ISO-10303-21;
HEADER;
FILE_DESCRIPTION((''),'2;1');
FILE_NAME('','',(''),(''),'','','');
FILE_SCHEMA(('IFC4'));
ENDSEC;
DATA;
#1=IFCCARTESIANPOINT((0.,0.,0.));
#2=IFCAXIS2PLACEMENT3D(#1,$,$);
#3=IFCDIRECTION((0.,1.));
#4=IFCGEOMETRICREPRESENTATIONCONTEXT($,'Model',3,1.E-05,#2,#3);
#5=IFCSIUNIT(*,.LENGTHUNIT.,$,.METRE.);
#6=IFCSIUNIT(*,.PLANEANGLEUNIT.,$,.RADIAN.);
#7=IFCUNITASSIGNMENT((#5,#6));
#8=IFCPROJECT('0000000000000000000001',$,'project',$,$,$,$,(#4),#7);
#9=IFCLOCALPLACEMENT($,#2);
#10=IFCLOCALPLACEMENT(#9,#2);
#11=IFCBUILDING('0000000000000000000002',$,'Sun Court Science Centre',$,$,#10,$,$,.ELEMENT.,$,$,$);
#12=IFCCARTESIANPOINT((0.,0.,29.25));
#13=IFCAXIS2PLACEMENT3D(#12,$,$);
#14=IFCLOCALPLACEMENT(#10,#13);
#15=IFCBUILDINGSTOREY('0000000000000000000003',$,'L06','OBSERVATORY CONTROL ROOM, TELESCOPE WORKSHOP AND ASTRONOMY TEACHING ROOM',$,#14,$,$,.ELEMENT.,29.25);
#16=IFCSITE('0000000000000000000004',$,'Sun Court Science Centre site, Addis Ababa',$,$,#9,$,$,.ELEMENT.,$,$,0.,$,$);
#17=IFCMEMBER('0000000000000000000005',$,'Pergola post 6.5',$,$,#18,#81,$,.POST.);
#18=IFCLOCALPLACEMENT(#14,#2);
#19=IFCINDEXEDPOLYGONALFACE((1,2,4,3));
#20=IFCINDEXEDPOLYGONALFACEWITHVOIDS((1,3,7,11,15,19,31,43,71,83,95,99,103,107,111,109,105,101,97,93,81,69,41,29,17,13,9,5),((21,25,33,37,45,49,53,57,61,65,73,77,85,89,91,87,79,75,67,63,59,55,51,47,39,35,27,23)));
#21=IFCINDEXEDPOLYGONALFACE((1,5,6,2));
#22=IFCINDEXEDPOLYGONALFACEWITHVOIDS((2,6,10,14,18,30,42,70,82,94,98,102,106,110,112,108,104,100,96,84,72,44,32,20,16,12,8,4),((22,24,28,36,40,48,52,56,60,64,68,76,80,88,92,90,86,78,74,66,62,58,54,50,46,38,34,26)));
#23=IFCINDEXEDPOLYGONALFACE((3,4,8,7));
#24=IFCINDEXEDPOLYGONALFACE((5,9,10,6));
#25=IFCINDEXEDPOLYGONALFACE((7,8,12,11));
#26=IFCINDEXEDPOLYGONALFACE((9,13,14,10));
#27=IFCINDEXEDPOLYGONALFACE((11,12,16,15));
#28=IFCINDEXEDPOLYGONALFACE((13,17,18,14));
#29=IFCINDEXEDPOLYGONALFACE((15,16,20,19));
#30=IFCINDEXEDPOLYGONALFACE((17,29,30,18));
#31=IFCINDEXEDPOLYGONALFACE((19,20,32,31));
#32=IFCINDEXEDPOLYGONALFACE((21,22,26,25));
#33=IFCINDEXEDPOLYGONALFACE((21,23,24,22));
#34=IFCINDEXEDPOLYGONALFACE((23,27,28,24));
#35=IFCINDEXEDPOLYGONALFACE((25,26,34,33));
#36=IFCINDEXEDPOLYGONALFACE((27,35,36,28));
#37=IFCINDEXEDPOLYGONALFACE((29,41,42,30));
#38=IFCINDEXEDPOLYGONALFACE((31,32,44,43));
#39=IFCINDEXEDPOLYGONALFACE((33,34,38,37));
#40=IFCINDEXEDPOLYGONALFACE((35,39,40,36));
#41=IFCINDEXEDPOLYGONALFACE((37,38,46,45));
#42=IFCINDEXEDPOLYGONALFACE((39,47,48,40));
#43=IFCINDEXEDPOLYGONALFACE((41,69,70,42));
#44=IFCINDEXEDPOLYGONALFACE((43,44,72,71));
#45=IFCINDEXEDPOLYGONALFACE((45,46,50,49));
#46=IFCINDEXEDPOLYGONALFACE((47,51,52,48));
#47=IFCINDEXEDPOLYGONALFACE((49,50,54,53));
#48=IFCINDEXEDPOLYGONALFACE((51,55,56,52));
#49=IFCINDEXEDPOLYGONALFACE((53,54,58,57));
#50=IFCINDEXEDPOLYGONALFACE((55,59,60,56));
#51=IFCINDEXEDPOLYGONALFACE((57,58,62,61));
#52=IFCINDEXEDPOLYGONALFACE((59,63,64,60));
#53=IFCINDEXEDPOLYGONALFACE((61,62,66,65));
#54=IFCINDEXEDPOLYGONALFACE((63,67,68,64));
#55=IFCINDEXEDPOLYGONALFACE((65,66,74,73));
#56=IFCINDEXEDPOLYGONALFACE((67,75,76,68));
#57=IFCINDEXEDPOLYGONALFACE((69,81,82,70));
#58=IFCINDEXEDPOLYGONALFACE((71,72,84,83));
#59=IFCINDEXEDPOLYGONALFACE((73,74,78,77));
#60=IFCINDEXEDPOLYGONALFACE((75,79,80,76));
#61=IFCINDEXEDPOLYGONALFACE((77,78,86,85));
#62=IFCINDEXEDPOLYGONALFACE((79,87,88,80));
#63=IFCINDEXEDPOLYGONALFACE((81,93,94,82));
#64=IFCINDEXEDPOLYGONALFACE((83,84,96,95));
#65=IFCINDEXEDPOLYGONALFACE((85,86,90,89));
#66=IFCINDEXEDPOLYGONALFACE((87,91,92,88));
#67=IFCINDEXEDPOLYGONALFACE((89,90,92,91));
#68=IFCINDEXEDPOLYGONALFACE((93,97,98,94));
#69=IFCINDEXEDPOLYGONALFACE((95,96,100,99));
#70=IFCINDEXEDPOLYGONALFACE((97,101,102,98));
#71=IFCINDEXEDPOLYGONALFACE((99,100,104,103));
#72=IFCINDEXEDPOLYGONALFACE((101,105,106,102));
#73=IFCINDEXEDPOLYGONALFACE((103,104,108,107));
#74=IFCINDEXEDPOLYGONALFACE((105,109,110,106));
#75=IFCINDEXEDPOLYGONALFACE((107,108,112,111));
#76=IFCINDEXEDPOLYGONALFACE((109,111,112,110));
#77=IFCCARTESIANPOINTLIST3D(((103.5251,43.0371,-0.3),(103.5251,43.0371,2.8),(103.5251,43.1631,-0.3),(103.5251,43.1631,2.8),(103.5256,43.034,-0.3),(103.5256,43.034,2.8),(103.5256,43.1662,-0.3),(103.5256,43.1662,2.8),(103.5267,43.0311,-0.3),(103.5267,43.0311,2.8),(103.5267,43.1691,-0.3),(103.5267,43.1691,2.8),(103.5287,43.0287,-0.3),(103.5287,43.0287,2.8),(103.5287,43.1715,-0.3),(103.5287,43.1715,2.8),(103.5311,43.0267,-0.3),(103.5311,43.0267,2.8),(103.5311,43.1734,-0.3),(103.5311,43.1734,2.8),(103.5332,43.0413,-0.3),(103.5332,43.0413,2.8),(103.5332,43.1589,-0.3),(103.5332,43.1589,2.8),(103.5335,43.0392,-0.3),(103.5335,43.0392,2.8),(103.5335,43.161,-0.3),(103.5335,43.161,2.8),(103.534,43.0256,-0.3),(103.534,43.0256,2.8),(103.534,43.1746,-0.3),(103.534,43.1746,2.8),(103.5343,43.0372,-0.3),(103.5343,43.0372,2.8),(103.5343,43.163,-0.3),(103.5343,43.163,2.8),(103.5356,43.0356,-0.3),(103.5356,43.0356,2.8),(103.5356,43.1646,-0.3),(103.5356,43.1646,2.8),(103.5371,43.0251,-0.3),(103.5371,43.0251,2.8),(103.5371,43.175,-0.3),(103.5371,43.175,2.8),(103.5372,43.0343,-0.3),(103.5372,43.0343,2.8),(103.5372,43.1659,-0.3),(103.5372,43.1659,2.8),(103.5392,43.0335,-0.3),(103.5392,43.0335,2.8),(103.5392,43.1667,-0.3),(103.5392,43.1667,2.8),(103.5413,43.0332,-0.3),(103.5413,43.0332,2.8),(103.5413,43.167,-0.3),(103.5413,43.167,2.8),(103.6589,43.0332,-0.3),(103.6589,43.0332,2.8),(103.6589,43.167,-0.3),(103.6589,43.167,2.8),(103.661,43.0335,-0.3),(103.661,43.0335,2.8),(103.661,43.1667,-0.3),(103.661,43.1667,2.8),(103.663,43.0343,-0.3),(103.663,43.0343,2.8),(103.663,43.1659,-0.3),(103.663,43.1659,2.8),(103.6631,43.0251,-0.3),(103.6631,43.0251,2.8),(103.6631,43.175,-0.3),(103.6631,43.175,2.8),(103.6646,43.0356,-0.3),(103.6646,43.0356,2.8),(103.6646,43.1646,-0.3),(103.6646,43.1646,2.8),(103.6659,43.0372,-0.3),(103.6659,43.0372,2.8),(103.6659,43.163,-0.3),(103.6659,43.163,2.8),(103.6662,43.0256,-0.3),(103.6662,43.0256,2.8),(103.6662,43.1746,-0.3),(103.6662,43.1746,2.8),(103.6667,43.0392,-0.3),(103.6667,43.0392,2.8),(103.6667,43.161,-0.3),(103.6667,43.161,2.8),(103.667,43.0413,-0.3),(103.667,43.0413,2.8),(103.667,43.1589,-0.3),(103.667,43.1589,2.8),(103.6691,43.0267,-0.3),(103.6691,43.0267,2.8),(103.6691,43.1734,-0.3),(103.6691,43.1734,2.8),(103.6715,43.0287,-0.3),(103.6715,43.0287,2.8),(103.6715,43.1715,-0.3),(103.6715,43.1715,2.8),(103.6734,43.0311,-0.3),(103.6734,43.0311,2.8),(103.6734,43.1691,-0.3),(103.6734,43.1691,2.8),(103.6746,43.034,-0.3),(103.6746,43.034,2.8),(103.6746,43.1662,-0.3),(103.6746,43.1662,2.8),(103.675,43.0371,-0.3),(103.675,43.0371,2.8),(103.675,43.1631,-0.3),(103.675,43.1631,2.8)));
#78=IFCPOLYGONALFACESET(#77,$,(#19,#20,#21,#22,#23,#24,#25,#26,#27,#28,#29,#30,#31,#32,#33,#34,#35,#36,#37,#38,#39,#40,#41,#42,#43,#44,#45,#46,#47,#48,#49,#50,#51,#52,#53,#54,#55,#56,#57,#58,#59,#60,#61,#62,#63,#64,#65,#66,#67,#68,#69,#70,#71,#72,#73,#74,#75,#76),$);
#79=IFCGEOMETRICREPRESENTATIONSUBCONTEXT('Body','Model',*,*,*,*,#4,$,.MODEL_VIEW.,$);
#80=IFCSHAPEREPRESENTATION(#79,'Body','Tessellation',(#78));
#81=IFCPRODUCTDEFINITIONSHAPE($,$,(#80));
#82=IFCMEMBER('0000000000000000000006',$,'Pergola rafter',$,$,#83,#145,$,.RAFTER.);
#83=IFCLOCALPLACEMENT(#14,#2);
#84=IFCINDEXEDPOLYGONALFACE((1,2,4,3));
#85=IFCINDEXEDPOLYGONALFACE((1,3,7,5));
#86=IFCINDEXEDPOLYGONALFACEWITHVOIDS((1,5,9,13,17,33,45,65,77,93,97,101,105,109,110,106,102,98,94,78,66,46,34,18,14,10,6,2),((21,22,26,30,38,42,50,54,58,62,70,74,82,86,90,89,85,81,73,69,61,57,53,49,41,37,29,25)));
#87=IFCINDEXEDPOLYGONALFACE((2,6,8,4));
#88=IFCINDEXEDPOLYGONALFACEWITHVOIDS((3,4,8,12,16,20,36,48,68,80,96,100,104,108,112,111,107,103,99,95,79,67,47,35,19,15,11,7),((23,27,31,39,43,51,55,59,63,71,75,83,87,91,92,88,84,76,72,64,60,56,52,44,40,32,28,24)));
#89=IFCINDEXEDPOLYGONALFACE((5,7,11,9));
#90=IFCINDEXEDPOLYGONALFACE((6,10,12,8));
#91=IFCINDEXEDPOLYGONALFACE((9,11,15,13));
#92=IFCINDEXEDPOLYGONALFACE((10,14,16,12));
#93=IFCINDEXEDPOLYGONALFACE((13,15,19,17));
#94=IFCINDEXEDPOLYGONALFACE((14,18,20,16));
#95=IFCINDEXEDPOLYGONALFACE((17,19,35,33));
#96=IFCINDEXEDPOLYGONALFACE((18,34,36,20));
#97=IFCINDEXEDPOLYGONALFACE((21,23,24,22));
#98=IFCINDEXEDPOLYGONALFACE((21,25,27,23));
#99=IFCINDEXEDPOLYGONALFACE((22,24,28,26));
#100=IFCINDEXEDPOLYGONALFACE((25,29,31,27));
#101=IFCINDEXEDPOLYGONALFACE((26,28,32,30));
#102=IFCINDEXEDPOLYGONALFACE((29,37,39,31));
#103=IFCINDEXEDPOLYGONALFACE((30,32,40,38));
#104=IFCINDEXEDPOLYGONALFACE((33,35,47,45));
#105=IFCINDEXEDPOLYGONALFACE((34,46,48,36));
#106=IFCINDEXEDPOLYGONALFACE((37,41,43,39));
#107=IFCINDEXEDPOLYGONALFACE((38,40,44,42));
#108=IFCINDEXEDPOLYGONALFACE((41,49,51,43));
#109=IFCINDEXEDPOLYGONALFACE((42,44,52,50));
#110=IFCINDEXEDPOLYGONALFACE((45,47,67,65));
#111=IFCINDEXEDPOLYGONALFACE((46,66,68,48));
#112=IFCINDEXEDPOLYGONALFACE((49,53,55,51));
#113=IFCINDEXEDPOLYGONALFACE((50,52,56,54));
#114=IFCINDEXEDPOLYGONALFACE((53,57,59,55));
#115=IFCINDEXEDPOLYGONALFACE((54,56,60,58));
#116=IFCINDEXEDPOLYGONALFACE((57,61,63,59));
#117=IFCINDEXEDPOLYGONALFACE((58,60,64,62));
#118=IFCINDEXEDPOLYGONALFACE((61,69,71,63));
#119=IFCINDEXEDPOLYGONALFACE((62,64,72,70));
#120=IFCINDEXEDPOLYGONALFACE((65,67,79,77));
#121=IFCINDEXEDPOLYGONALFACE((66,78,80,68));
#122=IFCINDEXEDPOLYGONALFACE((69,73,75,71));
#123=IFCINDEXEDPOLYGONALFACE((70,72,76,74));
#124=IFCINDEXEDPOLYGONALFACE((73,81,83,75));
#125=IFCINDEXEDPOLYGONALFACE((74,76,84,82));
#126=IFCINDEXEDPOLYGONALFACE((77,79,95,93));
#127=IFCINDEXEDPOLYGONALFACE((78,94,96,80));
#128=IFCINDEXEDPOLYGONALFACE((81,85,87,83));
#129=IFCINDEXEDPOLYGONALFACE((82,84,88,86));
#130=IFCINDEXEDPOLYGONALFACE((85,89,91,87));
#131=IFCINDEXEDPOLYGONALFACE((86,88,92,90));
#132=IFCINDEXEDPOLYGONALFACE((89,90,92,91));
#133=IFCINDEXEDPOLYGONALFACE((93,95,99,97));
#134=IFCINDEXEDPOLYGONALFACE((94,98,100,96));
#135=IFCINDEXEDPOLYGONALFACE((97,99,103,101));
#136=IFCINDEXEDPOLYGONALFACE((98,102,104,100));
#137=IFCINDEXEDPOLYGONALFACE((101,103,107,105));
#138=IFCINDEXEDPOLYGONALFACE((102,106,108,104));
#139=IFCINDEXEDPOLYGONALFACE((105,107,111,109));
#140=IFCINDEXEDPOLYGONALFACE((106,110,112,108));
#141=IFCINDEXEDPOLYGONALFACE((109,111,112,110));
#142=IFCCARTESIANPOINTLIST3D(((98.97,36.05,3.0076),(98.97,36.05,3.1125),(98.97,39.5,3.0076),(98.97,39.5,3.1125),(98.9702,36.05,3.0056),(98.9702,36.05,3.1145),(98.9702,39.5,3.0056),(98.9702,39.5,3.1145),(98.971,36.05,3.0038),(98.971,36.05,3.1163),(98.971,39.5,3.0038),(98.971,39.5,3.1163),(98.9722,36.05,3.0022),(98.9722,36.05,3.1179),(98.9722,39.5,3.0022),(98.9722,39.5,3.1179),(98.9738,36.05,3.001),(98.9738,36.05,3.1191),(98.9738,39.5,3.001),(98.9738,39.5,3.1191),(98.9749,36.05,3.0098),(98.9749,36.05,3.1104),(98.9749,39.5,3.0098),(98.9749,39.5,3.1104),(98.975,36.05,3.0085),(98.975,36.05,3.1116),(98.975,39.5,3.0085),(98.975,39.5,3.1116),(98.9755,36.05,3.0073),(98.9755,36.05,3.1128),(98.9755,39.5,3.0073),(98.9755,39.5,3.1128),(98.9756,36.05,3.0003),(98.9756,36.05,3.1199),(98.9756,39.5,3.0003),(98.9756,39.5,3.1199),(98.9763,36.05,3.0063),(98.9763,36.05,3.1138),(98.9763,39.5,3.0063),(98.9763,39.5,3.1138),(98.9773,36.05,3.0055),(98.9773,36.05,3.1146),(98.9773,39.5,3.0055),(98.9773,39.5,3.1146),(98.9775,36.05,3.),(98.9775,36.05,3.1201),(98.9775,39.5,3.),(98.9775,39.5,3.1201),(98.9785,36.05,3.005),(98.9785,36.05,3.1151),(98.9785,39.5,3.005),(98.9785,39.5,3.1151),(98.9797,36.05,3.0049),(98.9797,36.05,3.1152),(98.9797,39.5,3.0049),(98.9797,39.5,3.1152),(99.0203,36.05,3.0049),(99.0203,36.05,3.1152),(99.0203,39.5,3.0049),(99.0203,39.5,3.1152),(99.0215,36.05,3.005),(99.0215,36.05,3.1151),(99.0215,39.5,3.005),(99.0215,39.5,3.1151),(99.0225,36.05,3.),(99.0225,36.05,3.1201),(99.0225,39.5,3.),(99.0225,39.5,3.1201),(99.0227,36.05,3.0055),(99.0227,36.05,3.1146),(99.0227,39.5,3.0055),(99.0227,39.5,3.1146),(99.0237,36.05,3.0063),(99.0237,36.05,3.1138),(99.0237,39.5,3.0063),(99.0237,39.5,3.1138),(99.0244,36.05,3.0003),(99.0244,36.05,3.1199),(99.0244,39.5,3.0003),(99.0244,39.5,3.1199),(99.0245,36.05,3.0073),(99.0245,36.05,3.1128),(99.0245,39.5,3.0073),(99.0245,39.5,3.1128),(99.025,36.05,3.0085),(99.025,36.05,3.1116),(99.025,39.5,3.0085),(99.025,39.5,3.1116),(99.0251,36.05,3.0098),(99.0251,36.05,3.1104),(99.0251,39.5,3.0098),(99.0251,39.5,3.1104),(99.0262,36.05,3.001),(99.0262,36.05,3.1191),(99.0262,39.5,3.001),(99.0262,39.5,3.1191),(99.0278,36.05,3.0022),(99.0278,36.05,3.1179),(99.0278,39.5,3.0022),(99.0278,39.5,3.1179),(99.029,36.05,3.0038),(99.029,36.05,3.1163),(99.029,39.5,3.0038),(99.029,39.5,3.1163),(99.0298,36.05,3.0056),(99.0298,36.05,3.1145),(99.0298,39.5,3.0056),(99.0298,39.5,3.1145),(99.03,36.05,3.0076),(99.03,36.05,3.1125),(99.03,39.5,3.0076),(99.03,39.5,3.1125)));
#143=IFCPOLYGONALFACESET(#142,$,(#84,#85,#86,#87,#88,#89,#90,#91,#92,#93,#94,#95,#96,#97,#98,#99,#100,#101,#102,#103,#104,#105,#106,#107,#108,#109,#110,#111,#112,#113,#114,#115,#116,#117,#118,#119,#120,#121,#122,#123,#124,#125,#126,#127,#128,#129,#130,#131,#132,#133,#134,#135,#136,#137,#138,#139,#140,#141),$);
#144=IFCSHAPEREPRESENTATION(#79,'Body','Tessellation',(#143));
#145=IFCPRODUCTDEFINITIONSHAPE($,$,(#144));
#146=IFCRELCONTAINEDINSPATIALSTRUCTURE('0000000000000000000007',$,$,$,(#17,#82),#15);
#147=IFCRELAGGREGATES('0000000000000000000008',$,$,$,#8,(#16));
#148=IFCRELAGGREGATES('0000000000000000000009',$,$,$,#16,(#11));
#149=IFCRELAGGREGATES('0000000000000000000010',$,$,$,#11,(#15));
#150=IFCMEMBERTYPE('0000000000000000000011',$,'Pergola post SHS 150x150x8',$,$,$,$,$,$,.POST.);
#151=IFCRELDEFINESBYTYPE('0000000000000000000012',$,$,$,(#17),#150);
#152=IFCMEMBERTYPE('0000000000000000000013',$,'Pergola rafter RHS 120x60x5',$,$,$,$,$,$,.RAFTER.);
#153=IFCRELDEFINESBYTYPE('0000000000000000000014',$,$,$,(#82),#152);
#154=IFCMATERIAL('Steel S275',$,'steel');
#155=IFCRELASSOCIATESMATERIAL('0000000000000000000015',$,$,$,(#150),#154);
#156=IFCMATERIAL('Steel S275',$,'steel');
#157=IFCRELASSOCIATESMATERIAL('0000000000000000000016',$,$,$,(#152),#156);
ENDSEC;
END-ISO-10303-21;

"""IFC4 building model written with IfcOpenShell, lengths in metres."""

from ifc_helpers import new_model, si_unit, direction, frame, origin, origin_2d, place, context, subcontext, project, spatial, hollow_rectangle, extrude, material, material_profile, profile_set, type_object, element, save


model = new_model("IFC4")

# Units and contexts
model_context = context("Model", 3, precision=1e-05, world=origin(), true_north=direction((0.0, 1.0)))
body_context = subcontext(model_context, "Body", "Model", "MODEL_VIEW")
ifc_project = project(units=[si_unit("LENGTHUNIT", "METRE"), si_unit("PLANEANGLEUNIT", "RADIAN")], contexts=[model_context])

# Site, building, storey
site_placement = place(None, origin())
site = spatial("IfcSite", under=ifc_project, at=site_placement, Name="Sun Court Science Centre site, Addis Ababa", CompositionType="ELEMENT", RefElevation=0.0)
building_placement = place(site_placement, origin())
building = spatial("IfcBuilding", under=site, at=building_placement, Name="Sun Court Science Centre", CompositionType="ELEMENT")
storey_placement = place(building_placement, frame((0.0, 0.0, 29.25)))
storey = spatial("IfcBuildingStorey", under=building, at=storey_placement, Name="L06", Description="OBSERVATORY CONTROL ROOM, TELESCOPE WORKSHOP AND ASTRONOMY TEACHING ROOM", CompositionType="ELEMENT", Elevation=29.25)

# Members
ifc_material_1 = material(Name="Steel S275", Category="steel")
ifc_material_profile_1 = material_profile(ifc_material_1, hollow_rectangle(XDim=0.1499, YDim=0.1499, WallThickness=0.0081, InnerFilletRadius=0.0081, OuterFilletRadius=0.012, at=origin_2d()), Name="SHS 150x150x8")
ifc_profile_set_1 = profile_set([ifc_material_profile_1], Name="Steel S275")
member_type_1 = type_object("IfcMemberType", Name="Pergola post SHS 150x150x8", PredefinedType="POST", material=ifc_profile_set_1)
for number, where, z_axis, x_axis, name in (
    (1, (103.6001, 43.1001, -0.3), (0.0, 0.0, 1.0), (1.0, 0.0, 0.0), "Pergola post 6.5"),
):
    element("IfcMember", number, at=place(storey_placement, frame(where, z_axis=z_axis, x_axis=x_axis)), inside=storey, type_object=member_type_1, Name=name, PredefinedType="POST", context=body_context, shape_type="SweptSolid", body=[
        extrude(hollow_rectangle(XDim=0.1499, YDim=0.1499, WallThickness=0.0081, InnerFilletRadius=0.0081, OuterFilletRadius=0.012, at=origin_2d()), origin(), (0.0, 0.0, 1.0), 3.1001),
    ])
ifc_material_2 = material(Name="Steel S275", Category="steel")
ifc_material_profile_2 = material_profile(ifc_material_2, hollow_rectangle(XDim=0.0601, YDim=0.1201, WallThickness=0.0049, InnerFilletRadius=0.0049, OuterFilletRadius=0.0076, at=origin_2d()), Name="RHS 120x60x5")
ifc_profile_set_2 = profile_set([ifc_material_profile_2], Name="Steel S275")
member_type_2 = type_object("IfcMemberType", Name="Pergola rafter RHS 120x60x5", PredefinedType="RAFTER", material=ifc_profile_set_2)
for number, where, z_axis, x_axis, name in (
    (2, (99.0, 36.05, 3.0601), (0.0, 1.0, 0.0), (-1.0, 0.0, 0.0), "Pergola rafter"),
):
    element("IfcMember", number, at=place(storey_placement, frame(where, z_axis=z_axis, x_axis=x_axis)), inside=storey, type_object=member_type_2, Name=name, PredefinedType="RAFTER", context=body_context, shape_type="SweptSolid", body=[
        extrude(hollow_rectangle(XDim=0.0601, YDim=0.1201, WallThickness=0.0049, InnerFilletRadius=0.0049, OuterFilletRadius=0.0076, at=origin_2d()), origin(), (0.0, 0.0, 1.0), 3.45),
    ])

save(model, "model.ifc")
